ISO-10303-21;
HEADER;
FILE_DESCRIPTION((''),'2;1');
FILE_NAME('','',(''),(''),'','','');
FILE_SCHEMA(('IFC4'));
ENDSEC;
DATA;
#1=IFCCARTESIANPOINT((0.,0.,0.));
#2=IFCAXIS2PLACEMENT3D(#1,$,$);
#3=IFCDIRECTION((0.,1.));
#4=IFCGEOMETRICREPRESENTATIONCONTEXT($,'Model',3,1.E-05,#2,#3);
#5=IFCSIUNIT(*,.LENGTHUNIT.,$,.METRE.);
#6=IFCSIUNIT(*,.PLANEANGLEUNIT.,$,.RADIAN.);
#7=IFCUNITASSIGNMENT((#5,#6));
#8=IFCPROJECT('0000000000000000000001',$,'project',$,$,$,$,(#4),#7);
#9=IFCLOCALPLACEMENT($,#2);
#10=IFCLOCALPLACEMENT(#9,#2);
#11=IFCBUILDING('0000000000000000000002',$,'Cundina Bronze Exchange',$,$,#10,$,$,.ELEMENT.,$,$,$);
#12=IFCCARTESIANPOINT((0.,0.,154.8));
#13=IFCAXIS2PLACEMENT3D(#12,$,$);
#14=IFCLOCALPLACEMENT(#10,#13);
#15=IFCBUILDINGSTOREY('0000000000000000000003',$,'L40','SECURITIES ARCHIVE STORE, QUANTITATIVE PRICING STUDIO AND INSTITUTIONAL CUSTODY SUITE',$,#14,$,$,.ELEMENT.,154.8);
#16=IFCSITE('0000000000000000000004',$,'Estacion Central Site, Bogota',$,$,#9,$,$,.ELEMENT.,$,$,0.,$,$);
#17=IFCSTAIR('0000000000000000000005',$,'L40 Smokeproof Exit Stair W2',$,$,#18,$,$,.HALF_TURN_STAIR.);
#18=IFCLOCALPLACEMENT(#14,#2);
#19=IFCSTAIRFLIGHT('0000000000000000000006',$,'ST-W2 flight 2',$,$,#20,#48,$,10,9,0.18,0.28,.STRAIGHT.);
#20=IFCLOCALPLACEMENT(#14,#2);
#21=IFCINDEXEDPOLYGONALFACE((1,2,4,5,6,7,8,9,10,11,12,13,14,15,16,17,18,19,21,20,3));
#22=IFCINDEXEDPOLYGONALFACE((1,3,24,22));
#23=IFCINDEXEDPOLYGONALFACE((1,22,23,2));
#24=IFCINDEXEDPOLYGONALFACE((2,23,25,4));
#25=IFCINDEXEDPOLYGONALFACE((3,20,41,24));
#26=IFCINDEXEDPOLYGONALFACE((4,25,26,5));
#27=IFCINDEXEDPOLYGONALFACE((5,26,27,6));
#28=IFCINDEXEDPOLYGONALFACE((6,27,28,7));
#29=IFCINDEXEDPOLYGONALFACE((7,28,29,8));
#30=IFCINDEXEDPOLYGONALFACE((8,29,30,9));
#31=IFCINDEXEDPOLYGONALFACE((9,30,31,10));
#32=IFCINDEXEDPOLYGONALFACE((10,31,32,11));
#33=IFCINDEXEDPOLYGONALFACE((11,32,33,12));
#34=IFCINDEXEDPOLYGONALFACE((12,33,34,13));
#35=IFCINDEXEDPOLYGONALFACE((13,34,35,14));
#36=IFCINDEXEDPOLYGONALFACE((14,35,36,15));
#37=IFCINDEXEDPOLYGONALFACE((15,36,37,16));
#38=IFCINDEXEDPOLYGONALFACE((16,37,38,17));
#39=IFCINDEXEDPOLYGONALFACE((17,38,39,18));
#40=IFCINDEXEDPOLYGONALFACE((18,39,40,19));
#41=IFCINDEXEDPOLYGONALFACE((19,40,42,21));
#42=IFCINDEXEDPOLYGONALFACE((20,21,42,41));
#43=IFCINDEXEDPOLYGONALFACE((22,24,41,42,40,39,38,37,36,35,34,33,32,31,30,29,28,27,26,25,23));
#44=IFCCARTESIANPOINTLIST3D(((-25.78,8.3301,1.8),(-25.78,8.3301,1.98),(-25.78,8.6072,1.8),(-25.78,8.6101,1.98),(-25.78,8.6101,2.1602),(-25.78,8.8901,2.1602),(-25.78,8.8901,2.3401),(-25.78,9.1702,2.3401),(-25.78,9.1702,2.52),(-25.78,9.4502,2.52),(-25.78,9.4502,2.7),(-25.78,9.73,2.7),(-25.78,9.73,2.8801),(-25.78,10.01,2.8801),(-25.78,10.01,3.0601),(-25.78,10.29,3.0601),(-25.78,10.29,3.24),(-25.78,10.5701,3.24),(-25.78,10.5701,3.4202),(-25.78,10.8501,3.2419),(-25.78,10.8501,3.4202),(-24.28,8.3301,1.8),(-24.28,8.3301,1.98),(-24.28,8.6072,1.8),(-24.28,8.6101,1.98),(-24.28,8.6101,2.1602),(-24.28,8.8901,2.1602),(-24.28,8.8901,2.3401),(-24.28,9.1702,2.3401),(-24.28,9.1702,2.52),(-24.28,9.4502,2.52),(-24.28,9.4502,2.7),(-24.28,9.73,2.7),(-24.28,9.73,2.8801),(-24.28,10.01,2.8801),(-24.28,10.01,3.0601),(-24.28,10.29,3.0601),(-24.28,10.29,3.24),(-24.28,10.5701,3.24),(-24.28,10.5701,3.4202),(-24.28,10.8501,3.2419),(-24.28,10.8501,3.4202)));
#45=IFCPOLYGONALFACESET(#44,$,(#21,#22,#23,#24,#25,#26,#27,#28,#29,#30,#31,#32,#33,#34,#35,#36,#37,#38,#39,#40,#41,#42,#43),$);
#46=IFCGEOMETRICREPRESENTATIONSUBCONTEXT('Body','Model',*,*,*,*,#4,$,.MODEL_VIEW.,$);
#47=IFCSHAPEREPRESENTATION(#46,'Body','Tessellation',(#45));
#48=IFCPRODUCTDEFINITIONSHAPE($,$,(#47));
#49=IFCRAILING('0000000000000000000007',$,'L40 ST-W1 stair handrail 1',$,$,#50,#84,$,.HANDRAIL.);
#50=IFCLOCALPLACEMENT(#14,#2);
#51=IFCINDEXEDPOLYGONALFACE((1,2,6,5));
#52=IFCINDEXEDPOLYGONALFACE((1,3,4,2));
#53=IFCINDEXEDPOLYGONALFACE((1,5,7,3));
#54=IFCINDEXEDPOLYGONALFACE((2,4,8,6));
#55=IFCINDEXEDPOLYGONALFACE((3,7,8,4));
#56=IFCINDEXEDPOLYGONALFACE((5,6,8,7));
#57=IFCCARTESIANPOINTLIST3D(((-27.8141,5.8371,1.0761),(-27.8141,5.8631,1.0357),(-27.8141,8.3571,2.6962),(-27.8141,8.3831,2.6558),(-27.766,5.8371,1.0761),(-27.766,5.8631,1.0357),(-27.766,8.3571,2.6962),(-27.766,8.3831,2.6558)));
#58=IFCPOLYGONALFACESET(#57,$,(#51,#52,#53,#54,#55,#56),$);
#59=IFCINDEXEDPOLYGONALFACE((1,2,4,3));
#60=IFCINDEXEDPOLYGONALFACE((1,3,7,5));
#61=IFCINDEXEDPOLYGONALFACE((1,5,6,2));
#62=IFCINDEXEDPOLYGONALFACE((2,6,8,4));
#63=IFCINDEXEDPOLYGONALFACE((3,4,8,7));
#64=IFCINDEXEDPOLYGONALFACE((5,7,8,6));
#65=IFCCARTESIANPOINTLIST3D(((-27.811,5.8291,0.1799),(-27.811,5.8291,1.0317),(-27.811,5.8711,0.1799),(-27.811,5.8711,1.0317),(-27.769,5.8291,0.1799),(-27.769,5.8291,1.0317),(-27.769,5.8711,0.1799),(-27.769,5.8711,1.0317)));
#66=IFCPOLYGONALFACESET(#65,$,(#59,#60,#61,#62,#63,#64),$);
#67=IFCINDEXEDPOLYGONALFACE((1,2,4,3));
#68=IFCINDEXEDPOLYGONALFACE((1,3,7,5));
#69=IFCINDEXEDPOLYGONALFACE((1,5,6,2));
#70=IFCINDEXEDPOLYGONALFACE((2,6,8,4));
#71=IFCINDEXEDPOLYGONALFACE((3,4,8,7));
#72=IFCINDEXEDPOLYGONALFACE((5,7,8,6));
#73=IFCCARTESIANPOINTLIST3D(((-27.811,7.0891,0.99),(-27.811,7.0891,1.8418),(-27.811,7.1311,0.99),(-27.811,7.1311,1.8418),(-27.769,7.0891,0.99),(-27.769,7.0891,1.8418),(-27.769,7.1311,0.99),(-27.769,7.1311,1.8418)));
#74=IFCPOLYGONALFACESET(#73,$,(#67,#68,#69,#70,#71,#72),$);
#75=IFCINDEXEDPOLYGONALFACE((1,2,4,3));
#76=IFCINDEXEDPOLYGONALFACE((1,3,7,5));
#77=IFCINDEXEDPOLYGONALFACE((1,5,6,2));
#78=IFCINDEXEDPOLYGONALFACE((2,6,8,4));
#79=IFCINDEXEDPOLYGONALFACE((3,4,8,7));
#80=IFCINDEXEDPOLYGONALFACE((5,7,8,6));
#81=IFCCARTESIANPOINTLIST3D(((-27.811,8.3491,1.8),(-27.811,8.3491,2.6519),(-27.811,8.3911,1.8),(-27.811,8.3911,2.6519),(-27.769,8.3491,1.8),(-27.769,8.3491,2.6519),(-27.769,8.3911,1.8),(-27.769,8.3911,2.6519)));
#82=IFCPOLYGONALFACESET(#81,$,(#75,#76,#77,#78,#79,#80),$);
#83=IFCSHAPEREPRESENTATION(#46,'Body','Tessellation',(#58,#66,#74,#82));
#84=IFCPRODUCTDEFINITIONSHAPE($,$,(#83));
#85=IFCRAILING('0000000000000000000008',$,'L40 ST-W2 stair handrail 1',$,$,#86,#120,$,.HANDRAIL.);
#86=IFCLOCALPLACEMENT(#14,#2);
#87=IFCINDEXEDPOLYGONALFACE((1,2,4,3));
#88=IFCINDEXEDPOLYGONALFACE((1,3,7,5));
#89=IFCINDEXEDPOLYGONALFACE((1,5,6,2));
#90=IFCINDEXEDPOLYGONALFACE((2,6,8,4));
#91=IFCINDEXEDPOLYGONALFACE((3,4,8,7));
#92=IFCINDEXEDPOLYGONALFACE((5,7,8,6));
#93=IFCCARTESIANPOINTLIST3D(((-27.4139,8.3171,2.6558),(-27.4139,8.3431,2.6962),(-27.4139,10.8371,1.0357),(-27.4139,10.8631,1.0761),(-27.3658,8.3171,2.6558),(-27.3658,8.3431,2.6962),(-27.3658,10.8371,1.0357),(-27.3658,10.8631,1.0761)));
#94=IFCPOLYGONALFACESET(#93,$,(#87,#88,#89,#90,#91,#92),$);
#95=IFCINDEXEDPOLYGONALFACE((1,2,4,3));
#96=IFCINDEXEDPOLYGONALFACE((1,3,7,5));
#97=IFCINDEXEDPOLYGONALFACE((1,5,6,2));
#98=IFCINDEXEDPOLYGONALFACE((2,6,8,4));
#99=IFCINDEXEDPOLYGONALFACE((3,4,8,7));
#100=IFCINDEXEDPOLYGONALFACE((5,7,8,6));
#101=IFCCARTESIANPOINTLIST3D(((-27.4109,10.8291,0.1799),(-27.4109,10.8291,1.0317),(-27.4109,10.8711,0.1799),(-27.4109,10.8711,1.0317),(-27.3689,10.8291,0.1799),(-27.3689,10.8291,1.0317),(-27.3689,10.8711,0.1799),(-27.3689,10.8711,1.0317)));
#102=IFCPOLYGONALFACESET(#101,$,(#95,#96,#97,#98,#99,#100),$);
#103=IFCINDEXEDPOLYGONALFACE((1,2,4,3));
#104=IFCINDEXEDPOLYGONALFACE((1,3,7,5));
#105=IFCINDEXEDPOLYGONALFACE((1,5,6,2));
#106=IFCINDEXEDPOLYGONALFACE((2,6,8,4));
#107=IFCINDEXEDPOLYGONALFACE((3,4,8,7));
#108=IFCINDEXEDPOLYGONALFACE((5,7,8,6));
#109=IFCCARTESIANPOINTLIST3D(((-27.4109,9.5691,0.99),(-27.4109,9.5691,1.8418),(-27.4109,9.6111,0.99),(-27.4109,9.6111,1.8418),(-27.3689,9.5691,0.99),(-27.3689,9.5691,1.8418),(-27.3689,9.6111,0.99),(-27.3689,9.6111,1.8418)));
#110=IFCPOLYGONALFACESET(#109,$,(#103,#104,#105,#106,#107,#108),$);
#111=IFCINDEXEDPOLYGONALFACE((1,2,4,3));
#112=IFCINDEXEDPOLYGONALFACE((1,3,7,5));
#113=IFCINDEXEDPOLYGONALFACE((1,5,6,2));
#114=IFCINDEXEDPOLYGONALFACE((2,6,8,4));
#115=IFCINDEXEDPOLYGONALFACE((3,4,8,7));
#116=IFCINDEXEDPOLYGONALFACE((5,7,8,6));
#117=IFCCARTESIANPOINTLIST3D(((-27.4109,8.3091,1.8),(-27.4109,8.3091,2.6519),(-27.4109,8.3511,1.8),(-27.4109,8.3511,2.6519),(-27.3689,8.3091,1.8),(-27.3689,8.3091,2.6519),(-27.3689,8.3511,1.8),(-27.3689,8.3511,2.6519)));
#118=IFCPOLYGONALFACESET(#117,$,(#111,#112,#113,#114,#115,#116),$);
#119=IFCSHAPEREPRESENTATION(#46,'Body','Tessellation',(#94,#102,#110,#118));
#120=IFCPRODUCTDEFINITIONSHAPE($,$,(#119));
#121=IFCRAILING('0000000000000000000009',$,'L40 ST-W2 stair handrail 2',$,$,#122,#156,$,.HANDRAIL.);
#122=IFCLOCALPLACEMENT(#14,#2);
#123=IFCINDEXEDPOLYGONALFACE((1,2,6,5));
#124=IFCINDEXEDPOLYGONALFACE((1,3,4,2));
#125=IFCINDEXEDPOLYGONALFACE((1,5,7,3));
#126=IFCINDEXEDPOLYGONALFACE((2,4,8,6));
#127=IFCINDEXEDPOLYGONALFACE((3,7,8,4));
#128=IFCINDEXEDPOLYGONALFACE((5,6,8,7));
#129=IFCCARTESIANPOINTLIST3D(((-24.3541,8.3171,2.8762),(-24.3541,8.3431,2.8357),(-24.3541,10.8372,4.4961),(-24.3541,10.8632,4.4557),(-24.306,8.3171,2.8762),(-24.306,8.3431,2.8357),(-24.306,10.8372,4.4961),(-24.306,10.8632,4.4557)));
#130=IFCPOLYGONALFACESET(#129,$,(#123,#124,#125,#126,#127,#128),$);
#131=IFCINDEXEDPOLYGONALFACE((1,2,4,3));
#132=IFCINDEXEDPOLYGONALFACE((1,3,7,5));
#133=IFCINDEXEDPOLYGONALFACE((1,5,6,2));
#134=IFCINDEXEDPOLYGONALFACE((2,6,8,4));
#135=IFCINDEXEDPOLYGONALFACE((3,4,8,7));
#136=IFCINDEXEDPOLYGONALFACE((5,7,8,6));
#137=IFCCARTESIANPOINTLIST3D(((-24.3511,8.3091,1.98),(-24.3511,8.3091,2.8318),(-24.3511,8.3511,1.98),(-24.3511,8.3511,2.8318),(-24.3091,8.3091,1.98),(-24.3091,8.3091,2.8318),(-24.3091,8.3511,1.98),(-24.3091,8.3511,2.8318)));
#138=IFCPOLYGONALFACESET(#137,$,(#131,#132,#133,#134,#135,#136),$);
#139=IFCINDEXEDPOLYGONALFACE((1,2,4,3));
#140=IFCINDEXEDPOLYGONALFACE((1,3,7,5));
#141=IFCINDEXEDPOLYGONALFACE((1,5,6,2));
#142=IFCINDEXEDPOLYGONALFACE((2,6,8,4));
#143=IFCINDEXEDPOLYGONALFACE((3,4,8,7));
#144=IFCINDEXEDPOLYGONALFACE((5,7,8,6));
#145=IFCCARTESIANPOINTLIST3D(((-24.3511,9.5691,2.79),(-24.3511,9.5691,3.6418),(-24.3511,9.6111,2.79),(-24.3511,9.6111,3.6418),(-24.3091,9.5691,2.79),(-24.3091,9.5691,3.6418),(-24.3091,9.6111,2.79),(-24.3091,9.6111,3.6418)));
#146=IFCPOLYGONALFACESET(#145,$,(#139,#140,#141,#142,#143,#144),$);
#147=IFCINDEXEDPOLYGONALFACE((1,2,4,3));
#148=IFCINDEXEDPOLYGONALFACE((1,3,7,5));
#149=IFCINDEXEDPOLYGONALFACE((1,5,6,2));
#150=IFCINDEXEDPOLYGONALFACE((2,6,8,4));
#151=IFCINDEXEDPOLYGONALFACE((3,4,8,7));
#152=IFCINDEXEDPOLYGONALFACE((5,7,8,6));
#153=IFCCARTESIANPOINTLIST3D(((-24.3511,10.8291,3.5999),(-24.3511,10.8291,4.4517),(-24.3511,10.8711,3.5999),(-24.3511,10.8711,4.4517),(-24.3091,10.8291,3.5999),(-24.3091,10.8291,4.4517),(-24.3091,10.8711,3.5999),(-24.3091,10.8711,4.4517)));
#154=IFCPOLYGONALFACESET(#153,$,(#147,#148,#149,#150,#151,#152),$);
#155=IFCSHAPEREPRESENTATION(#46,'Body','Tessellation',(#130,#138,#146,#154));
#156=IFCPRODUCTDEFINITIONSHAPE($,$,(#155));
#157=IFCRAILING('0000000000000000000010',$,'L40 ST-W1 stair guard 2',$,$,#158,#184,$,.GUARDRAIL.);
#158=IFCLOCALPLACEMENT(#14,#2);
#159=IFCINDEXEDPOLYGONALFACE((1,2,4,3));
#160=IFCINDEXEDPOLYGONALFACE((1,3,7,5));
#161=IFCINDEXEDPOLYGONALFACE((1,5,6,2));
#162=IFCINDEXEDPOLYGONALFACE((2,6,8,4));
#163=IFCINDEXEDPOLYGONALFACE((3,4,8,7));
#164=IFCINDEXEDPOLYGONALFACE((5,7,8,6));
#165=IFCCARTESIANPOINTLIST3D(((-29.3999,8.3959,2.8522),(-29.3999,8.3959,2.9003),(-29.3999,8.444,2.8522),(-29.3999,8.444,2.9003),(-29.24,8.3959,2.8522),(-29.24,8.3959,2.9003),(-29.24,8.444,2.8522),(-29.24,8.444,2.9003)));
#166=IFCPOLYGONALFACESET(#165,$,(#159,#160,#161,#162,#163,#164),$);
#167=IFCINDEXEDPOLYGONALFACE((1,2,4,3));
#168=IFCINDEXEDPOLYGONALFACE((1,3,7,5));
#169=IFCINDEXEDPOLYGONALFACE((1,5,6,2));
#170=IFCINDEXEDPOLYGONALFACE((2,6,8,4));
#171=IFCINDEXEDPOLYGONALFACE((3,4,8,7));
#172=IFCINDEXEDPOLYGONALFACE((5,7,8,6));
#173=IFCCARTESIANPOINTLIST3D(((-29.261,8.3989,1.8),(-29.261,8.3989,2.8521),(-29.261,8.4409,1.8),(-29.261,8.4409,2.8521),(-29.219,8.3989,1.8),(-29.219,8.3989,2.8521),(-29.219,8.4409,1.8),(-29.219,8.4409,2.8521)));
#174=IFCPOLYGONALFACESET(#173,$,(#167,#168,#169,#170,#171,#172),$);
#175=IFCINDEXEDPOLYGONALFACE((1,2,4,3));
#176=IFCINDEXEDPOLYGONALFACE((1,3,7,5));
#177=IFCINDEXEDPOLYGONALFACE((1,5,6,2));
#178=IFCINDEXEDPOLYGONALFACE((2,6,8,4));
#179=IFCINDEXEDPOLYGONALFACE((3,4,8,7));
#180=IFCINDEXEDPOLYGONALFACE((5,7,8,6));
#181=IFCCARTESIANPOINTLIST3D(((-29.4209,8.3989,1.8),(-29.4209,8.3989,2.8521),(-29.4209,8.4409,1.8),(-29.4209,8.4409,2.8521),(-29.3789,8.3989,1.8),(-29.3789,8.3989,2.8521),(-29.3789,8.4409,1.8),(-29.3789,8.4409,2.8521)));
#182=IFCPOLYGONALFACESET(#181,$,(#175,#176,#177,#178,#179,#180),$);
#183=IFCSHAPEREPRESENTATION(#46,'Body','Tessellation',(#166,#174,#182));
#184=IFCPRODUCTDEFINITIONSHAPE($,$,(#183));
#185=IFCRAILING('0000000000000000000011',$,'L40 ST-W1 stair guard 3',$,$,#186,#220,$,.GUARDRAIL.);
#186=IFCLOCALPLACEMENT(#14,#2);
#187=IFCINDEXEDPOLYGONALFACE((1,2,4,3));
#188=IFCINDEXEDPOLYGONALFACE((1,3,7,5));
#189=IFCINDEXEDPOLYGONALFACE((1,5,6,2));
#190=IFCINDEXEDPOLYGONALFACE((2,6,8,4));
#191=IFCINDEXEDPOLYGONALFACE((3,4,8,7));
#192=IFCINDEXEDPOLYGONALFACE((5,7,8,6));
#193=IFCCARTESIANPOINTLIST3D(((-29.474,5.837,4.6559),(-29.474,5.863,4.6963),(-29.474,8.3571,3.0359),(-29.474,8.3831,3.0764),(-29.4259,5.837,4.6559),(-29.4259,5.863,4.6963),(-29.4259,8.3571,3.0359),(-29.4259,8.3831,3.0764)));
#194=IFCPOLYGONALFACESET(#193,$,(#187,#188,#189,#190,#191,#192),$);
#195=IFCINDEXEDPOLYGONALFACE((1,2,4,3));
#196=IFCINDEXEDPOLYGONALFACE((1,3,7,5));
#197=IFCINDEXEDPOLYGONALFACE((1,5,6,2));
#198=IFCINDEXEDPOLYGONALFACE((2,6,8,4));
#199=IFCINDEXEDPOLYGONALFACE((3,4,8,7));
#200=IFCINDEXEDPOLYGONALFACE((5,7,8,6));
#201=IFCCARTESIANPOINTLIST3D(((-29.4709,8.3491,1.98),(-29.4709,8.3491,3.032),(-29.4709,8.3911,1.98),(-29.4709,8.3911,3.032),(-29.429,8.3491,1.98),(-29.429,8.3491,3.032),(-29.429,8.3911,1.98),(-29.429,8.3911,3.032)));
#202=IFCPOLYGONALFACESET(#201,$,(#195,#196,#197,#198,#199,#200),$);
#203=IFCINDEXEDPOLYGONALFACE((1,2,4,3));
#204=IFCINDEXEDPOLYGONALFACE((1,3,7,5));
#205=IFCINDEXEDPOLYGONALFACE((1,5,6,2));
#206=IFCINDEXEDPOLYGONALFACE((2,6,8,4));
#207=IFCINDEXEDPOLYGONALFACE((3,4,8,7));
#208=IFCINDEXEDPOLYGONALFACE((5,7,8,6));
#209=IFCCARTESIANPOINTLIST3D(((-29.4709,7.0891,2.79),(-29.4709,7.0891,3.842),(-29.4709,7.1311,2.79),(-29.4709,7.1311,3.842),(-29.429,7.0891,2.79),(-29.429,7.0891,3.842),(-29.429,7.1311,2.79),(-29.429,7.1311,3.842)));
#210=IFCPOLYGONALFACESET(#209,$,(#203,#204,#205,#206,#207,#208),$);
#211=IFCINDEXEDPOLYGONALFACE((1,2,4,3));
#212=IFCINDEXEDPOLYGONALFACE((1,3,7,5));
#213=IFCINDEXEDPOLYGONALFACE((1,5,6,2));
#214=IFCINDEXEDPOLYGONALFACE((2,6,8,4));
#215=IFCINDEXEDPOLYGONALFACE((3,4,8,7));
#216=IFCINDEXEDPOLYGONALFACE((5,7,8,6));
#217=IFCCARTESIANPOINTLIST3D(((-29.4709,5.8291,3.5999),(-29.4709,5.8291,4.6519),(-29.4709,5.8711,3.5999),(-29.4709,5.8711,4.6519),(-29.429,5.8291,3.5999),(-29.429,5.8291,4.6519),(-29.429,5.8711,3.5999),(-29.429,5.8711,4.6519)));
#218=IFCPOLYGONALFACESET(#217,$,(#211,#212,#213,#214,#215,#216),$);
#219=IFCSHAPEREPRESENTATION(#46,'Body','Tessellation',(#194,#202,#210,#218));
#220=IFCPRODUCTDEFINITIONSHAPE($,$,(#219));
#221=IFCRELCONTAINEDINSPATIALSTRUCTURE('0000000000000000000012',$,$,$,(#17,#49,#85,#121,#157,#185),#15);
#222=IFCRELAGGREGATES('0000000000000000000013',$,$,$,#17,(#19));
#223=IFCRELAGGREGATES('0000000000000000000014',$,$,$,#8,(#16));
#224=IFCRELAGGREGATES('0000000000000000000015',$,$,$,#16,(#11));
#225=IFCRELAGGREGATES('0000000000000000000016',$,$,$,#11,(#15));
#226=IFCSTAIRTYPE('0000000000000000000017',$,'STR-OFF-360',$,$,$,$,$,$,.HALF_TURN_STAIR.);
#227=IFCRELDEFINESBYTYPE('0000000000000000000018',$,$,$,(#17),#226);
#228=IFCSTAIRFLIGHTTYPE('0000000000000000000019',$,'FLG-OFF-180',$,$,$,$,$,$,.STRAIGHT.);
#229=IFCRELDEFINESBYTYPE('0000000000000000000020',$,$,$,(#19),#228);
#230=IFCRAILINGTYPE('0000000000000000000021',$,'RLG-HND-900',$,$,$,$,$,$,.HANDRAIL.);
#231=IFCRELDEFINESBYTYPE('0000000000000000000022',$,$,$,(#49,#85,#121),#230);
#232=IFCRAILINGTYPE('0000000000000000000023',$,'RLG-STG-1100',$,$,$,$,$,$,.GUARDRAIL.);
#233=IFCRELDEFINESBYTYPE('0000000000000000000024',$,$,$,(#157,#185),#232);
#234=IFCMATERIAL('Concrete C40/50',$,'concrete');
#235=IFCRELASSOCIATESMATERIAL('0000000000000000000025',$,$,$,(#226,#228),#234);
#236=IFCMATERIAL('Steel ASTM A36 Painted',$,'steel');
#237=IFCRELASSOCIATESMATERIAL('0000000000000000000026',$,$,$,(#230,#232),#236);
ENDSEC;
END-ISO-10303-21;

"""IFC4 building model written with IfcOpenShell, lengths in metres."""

from ifc_helpers import new_model, si_unit, direction, frame, origin, origin_2d, place, context, subcontext, project, spatial, polyline, rectangle, outline, extrude, material, type_object, element, aggregate, save


model = new_model("IFC4")

# Units and contexts
model_context = context("Model", 3, precision=1e-05, world=origin(), true_north=direction((0.0, 1.0)))
body_context = subcontext(model_context, "Body", "Model", "MODEL_VIEW")
ifc_project = project(units=[si_unit("LENGTHUNIT", "METRE"), si_unit("PLANEANGLEUNIT", "RADIAN")], contexts=[model_context])

# Site, building, storey
site_placement = place(None, origin())
site = spatial("IfcSite", under=ifc_project, at=site_placement, Name="Estacion Central Site, Bogota", CompositionType="ELEMENT", RefElevation=0.0)
building_placement = place(site_placement, origin())
building = spatial("IfcBuilding", under=site, at=building_placement, Name="Cundina Bronze Exchange", CompositionType="ELEMENT")
storey_placement = place(building_placement, frame((0.0, 0.0, 154.8)))
storey = spatial("IfcBuildingStorey", under=building, at=storey_placement, Name="L40", Description="SECURITIES ARCHIVE STORE, QUANTITATIVE PRICING STUDIO AND INSTITUTIONAL CUSTODY SUITE", CompositionType="ELEMENT", Elevation=154.8)

# Shared definitions
ifc_material_1 = material(Name="Steel ASTM A36 Painted", Category="steel")

# Stair, stair flight
ifc_material_2 = material(Name="Concrete C40/50", Category="concrete")
stair_type = type_object("IfcStairType", Name="STR-OFF-360", PredefinedType="HALF_TURN_STAIR", material=ifc_material_2)
stair_placement = place(storey_placement, origin())
stair = element("IfcStair", 1, at=stair_placement, inside=storey, type_object=stair_type, Name="L40 Smokeproof Exit Stair W2", PredefinedType="HALF_TURN_STAIR")
stair_flight_type = type_object("IfcStairFlightType", Name="FLG-OFF-180", PredefinedType="STRAIGHT", material=ifc_material_2)
stair_flight_1_placement = place(storey_placement, frame((-25.03, 8.3301, 1.8), z_axis=(0.0, 0.0, 1.0), x_axis=(0.0, 1.0, 0.0)))
stair_flight_1 = element("IfcStairFlight", 2, at=stair_flight_1_placement, type_object=stair_flight_type, Name="ST-W2 flight 2", NumberOfRisers=10, NumberOfTreads=9, PredefinedType="STRAIGHT", RiserHeight=0.18, TreadLength=0.28, context=body_context, shape_type="SweptSolid", body=[
    extrude(outline(polyline([(0.0, 0.0), (0.0, 0.1799), (0.28, 0.1799), (0.28, 0.3601), (0.5601, 0.3601), (0.5601, 0.54), (0.8401, 0.54), (0.8401, 0.72), (1.1201, 0.72), (1.1201, 0.8999), (1.3999, 0.8999), (1.3999, 1.0801), (1.6799, 1.0801), (1.6799, 1.26), (1.96, 1.26), (1.96, 1.4399), (2.24, 1.4399), (2.24, 1.6201), (2.52, 1.6201), (2.52, 1.8), (2.52, 1.4419), (0.2771, 0.0), (0.0, 0.0)])), frame((0.0, 0.75, 0.0), z_axis=(0.0, -1.0, 0.0), x_axis=(1.0, 0.0, 0.0)), (0.0, 0.0, 1.0), 1.5),
])
aggregate(stair, [stair_flight_1])

# Railings
railing_type_1 = type_object("IfcRailingType", Name="RLG-HND-900", PredefinedType="HANDRAIL", material=ifc_material_1)
railing_1_placement = place(storey_placement, frame((-27.79, 5.8501, 0.1799)))
element("IfcRailing", 3, at=railing_1_placement, inside=storey, type_object=railing_type_1, Name="L40 ST-W1 stair handrail 1", PredefinedType="HANDRAIL", context=body_context, shape_type="SweptSolid", body=[
    extrude(rectangle(XDim=0.0481, YDim=0.0481, at=origin_2d()), frame((0.0, 0.0, 0.876), z_axis=(0.0, 0.841163, 0.540782), x_axis=(-1.0, 0.0, 0.0)), (0.0, 0.0, 1.0), 2.9958),
    extrude(rectangle(XDim=0.042, YDim=0.042, at=origin_2d()), origin(), (0.0, 0.0, 1.0), 0.8518),
    extrude(rectangle(XDim=0.042, YDim=0.042, at=origin_2d()), frame((0.0, 1.26, 0.8101)), (0.0, 0.0, 1.0), 0.8518),
    extrude(rectangle(XDim=0.042, YDim=0.042, at=origin_2d()), frame((0.0, 2.52, 1.6201)), (0.0, 0.0, 1.0), 0.8518),
])
railing_2_placement = place(storey_placement, frame((-27.3899, 10.8501, 0.1799)))
element("IfcRailing", 4, at=railing_2_placement, inside=storey, type_object=railing_type_1, Name="L40 ST-W2 stair handrail 1", PredefinedType="HANDRAIL", context=body_context, shape_type="SweptSolid", body=[
    extrude(rectangle(XDim=0.0481, YDim=0.0481, at=origin_2d()), frame((0.0, 0.0, 0.876), z_axis=(0.0, -0.841163, 0.540782), x_axis=(1.0, 0.0, 0.0)), (0.0, 0.0, 1.0), 2.9958),
    extrude(rectangle(XDim=0.042, YDim=0.042, at=origin_2d()), origin(), (0.0, 0.0, 1.0), 0.8518),
    extrude(rectangle(XDim=0.042, YDim=0.042, at=origin_2d()), frame((0.0, -1.26, 0.8101)), (0.0, 0.0, 1.0), 0.8518),
    extrude(rectangle(XDim=0.042, YDim=0.042, at=origin_2d()), frame((0.0, -2.52, 1.6201)), (0.0, 0.0, 1.0), 0.8518),
])
railing_3_placement = place(storey_placement, frame((-24.3301, 8.3301, 1.98)))
element("IfcRailing", 5, at=railing_3_placement, inside=storey, type_object=railing_type_1, Name="L40 ST-W2 stair handrail 2", PredefinedType="HANDRAIL", context=body_context, shape_type="SweptSolid", body=[
    extrude(rectangle(XDim=0.0481, YDim=0.0481, at=origin_2d()), frame((0.0, 0.0, 0.876), z_axis=(0.0, 0.8412, 0.540725), x_axis=(-1.0, 0.0, 0.0)), (0.0, 0.0, 1.0), 2.9958),
    extrude(rectangle(XDim=0.042, YDim=0.042, at=origin_2d()), origin(), (0.0, 0.0, 1.0), 0.8518),
    extrude(rectangle(XDim=0.042, YDim=0.042, at=origin_2d()), frame((0.0, 1.26, 0.8101)), (0.0, 0.0, 1.0), 0.8518),
    extrude(rectangle(XDim=0.042, YDim=0.042, at=origin_2d()), frame((0.0, 2.52, 1.6199)), (0.0, 0.0, 1.0), 0.8518),
])
railing_type_2 = type_object("IfcRailingType", Name="RLG-STG-1100", PredefinedType="GUARDRAIL", material=ifc_material_1)
railing_4_placement = place(storey_placement, frame((-29.24, 8.4199, 1.8)))
element("IfcRailing", 6, at=railing_4_placement, inside=storey, type_object=railing_type_2, Name="L40 ST-W1 stair guard 2", PredefinedType="GUARDRAIL", context=body_context, shape_type="SweptSolid", body=[
    extrude(rectangle(XDim=0.0481, YDim=0.0481, at=origin_2d()), frame((0.0, 0.0, 1.0762), z_axis=(-1.0, 0.0, 0.0), x_axis=(0.0, -1.0, 0.0)), (0.0, 0.0, 1.0), 0.1599),
    extrude(rectangle(XDim=0.042, YDim=0.042, at=origin_2d()), origin(), (0.0, 0.0, 1.0), 1.052),
    extrude(rectangle(XDim=0.042, YDim=0.042, at=origin_2d()), frame((-0.1599, 0.0, 0.0)), (0.0, 0.0, 1.0), 1.052),
])
railing_5_placement = place(storey_placement, frame((-29.45, 8.3701, 1.98)))
element("IfcRailing", 7, at=railing_5_placement, inside=storey, type_object=railing_type_2, Name="L40 ST-W1 stair guard 3", PredefinedType="GUARDRAIL", context=body_context, shape_type="SweptSolid", body=[
    extrude(rectangle(XDim=0.0481, YDim=0.0481, at=origin_2d()), frame((0.0, 0.0, 1.0762), z_axis=(0.0, -0.8412, 0.540725), x_axis=(1.0, 0.0, 0.0)), (0.0, 0.0, 1.0), 2.9958),
    extrude(rectangle(XDim=0.042, YDim=0.042, at=origin_2d()), origin(), (0.0, 0.0, 1.0), 1.052),
    extrude(rectangle(XDim=0.042, YDim=0.042, at=origin_2d()), frame((0.0, -1.26, 0.8101)), (0.0, 0.0, 1.0), 1.052),
    extrude(rectangle(XDim=0.042, YDim=0.042, at=origin_2d()), frame((0.0, -2.52, 1.6199)), (0.0, 0.0, 1.0), 1.052),
])

save(model, "model.ifc")
